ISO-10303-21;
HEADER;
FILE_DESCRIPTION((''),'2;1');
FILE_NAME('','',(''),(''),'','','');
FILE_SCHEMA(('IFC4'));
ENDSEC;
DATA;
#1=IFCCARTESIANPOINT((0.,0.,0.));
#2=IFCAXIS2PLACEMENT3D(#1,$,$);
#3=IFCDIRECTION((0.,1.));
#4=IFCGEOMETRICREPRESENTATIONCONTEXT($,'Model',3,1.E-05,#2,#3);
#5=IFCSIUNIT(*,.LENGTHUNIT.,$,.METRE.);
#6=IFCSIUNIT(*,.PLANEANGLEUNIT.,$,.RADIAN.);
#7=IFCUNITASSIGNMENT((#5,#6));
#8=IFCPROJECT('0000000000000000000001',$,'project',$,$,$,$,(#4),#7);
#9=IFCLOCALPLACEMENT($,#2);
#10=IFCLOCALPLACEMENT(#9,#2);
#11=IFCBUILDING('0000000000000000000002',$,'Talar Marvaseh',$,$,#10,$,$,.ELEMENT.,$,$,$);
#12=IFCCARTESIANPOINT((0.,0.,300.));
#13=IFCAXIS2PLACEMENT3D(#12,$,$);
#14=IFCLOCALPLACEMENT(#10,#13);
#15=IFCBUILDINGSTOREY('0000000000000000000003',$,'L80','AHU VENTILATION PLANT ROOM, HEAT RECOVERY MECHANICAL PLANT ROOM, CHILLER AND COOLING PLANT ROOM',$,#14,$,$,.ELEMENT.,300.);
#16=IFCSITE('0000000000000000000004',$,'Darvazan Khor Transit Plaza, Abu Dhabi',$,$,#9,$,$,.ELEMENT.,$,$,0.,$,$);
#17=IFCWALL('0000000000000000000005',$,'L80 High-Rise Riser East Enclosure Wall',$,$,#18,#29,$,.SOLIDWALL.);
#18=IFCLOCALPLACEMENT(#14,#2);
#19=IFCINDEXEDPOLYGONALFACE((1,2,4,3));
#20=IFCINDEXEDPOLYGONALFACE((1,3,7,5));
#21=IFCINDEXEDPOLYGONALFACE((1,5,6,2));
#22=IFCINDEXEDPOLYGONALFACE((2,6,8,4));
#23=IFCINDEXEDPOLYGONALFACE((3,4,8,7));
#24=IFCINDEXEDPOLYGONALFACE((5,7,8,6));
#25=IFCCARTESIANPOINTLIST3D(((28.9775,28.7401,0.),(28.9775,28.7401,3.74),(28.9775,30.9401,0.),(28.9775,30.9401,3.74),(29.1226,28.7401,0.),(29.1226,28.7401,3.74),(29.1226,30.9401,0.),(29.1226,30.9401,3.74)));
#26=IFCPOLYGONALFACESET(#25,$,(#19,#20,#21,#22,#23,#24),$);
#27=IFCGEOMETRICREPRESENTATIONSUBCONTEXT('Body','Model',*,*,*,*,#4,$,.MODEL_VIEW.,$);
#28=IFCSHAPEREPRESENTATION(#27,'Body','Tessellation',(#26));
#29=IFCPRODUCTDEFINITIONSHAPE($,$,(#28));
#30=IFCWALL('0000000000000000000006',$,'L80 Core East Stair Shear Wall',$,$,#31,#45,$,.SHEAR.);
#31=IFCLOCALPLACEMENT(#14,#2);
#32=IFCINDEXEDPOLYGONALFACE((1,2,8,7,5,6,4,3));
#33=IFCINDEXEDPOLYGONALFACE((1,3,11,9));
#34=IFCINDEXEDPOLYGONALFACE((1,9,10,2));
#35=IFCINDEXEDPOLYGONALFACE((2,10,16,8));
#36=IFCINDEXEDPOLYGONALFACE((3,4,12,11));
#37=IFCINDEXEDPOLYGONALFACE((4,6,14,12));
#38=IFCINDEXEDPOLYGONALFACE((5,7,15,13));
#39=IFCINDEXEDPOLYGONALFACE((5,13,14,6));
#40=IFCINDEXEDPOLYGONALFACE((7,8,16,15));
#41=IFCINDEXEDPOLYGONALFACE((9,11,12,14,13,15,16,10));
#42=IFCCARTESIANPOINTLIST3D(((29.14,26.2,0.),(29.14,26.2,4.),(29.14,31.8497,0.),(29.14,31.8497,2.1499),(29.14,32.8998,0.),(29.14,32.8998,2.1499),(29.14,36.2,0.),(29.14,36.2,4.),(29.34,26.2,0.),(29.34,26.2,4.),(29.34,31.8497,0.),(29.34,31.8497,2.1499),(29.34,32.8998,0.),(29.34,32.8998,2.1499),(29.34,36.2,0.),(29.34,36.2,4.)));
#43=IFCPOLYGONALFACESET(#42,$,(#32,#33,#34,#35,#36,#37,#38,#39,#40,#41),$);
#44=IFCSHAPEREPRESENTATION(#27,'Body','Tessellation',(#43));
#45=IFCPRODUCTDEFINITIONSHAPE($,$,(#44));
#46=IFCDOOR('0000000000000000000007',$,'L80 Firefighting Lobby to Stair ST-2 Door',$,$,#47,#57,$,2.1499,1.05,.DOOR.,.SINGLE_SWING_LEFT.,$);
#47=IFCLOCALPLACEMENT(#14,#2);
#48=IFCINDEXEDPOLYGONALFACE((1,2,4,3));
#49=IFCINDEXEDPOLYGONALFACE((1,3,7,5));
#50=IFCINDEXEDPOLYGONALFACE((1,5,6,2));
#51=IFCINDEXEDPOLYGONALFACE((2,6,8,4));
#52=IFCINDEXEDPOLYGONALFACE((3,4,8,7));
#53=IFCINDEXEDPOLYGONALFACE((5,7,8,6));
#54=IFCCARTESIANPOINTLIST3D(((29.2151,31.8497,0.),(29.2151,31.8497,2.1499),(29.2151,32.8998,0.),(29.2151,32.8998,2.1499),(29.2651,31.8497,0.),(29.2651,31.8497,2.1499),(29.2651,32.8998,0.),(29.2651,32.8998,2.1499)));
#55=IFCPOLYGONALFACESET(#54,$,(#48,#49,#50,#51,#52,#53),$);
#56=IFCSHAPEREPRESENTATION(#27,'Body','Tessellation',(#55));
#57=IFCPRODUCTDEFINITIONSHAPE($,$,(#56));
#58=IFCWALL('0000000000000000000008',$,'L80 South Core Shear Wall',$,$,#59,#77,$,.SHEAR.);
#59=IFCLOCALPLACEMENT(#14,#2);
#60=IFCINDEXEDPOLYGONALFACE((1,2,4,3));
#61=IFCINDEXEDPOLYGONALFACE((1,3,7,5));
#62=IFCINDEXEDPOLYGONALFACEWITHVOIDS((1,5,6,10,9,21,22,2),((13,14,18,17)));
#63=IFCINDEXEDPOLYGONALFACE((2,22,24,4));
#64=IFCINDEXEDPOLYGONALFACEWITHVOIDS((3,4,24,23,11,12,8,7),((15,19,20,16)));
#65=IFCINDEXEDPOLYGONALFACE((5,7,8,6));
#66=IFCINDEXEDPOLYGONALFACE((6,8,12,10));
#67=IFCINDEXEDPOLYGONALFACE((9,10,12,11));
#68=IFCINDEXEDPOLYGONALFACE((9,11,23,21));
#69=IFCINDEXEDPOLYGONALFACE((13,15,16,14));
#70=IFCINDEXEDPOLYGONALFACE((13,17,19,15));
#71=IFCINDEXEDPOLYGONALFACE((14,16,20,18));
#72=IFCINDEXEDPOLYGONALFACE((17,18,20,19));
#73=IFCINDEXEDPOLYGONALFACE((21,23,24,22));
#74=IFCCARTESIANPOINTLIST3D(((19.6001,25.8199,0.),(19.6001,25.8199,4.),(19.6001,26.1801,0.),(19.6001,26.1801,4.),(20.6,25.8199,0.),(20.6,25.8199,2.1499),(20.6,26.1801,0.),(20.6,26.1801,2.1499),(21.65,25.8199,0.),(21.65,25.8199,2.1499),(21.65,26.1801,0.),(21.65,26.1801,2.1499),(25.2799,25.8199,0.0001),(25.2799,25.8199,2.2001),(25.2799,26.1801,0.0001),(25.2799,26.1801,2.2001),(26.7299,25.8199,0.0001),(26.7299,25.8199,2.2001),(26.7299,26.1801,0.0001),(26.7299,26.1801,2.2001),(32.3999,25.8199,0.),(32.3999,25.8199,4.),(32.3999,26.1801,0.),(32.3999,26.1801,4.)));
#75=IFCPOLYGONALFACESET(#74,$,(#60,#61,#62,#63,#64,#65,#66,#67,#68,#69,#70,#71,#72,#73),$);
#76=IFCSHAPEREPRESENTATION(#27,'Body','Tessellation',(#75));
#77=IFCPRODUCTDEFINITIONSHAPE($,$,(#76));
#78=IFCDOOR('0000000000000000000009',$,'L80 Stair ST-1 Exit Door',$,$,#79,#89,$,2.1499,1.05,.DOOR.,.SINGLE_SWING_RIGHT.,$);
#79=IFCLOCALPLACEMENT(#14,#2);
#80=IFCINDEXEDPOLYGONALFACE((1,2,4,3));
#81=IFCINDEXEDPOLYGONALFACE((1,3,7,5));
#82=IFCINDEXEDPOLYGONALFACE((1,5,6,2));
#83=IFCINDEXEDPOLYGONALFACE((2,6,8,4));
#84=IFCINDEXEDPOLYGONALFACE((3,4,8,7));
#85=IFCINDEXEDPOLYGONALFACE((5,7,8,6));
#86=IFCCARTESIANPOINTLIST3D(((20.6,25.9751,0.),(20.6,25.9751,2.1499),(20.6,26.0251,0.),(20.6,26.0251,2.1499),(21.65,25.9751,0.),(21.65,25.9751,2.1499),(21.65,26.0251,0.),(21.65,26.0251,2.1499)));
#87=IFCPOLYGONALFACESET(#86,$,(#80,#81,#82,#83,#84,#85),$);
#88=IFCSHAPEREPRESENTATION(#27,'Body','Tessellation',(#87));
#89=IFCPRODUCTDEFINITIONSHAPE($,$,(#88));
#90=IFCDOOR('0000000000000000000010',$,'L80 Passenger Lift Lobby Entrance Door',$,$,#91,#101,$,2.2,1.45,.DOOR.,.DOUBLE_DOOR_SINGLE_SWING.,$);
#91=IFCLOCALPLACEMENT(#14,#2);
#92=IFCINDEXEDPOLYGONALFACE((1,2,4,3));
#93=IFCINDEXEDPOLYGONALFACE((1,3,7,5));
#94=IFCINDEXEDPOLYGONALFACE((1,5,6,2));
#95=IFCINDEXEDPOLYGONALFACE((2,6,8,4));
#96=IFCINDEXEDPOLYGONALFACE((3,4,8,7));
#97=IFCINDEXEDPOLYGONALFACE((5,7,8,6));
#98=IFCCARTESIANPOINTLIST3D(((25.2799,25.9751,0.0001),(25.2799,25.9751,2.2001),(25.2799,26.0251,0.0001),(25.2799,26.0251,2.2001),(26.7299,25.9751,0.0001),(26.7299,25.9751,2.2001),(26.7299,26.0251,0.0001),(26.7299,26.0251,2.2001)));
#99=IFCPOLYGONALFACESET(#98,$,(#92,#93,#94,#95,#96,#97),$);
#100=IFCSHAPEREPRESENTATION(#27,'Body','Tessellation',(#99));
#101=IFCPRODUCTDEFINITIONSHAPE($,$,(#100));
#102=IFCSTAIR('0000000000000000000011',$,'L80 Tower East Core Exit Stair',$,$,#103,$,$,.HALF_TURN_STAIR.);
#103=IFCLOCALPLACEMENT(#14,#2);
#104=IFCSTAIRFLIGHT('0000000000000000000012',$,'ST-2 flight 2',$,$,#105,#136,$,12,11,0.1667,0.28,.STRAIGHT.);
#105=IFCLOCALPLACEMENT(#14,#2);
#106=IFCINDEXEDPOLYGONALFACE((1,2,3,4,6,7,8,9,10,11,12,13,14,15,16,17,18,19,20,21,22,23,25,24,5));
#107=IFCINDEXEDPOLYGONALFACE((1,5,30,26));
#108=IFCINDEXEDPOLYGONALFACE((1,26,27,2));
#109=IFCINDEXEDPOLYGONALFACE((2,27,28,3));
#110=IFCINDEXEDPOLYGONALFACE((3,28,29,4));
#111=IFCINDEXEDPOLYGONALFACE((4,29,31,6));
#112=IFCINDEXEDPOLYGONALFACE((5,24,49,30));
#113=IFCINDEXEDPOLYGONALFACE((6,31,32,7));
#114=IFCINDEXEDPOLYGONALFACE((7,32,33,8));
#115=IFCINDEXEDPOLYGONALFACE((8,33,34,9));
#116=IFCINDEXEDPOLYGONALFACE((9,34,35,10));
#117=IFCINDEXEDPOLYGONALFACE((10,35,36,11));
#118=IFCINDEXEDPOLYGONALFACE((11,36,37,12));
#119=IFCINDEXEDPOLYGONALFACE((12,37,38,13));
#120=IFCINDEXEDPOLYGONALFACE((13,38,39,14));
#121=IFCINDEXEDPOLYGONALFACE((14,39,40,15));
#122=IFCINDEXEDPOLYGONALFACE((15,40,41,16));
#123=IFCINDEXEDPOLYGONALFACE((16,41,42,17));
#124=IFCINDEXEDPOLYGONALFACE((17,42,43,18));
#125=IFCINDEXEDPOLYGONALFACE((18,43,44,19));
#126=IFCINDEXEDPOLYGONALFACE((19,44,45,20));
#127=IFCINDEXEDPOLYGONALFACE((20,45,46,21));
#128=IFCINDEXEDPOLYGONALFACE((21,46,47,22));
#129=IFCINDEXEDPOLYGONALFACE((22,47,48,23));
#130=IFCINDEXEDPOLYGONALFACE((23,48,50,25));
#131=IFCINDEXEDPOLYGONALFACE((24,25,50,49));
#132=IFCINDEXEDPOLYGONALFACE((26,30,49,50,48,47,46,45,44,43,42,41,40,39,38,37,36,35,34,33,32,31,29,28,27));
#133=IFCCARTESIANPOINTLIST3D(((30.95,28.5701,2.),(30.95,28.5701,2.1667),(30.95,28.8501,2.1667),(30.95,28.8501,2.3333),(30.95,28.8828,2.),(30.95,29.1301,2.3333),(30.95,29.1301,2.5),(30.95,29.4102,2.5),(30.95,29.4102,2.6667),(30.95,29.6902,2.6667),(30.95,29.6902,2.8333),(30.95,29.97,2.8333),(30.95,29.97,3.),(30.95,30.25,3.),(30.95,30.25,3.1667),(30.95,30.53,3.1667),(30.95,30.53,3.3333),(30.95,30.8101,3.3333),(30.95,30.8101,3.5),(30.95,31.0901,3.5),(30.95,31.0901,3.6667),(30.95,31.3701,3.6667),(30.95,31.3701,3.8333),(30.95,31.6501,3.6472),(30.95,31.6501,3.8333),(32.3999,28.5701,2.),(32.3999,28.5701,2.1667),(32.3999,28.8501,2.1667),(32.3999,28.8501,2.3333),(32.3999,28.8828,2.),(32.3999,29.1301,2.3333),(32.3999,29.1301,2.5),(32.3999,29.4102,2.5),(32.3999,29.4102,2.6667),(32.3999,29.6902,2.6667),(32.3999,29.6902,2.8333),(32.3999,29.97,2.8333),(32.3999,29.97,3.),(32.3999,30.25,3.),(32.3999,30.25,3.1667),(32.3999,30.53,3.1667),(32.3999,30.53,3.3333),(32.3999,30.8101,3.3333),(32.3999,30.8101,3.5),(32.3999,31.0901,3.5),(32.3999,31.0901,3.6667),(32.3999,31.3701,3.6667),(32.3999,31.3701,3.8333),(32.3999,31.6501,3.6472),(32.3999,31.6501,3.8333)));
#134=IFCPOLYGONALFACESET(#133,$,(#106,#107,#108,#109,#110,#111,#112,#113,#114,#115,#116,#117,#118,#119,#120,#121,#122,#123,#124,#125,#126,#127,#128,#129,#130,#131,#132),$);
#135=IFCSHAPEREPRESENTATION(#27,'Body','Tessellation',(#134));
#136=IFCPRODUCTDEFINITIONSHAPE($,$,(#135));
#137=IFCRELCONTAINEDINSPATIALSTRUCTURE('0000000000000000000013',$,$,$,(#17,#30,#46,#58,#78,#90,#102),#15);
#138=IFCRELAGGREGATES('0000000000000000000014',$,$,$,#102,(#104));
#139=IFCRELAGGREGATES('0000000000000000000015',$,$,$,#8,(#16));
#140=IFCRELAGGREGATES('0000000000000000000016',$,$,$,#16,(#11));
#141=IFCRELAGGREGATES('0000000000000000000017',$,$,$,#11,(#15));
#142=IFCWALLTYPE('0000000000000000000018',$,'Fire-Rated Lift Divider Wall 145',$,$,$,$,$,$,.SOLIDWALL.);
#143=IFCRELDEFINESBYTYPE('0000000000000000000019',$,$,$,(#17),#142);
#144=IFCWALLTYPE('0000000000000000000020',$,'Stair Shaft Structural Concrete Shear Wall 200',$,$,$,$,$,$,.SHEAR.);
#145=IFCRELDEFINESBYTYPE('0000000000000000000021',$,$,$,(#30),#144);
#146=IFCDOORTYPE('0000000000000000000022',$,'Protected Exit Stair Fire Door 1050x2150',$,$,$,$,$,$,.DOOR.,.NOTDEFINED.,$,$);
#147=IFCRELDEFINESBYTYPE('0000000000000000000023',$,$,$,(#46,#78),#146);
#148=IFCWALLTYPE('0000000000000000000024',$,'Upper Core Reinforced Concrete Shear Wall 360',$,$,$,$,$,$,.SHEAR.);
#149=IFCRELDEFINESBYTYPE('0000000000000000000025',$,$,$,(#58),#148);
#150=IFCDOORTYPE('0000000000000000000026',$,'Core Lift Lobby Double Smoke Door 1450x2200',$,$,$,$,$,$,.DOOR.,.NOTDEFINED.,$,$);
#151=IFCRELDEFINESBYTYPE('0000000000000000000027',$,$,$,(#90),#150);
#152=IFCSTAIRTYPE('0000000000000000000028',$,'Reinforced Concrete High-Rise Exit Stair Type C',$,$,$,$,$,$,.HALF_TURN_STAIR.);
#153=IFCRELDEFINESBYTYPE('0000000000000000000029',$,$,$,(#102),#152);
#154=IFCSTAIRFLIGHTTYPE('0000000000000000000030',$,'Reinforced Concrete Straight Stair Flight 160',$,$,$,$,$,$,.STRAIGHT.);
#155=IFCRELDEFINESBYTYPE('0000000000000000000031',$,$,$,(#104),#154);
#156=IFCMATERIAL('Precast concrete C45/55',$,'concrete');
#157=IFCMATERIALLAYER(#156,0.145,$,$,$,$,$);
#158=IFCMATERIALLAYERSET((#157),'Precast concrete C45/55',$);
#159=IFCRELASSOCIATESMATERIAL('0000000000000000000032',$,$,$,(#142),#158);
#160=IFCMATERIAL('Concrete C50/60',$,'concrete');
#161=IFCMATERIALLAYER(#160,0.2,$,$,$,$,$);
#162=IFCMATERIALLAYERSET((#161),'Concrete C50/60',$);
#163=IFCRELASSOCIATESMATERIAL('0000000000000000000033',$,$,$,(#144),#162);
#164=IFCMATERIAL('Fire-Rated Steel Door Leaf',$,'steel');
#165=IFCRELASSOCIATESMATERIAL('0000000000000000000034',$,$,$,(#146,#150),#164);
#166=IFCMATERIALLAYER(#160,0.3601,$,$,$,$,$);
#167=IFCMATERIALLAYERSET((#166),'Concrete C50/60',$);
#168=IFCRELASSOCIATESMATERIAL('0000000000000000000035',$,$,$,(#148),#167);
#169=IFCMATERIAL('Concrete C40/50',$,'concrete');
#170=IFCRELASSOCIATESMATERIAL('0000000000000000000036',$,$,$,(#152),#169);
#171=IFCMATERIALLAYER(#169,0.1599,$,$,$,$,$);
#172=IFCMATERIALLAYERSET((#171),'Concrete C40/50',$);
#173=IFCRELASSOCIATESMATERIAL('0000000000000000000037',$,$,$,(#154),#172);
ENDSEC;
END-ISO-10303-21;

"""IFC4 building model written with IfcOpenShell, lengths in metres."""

from ifc_helpers import new_model, si_unit, direction, frame, frame_2d, origin, place, context, subcontext, project, spatial, polyline, rectangle, outline, extrude, source, transform, mapped, material, layer, layer_set, type_object, type_shapes, element, fill, aggregate, save


model = new_model("IFC4")

# Units and contexts
model_context = context("Model", 3, precision=1e-05, world=origin(), true_north=direction((0.0, 1.0)))
body_context = subcontext(model_context, "Body", "Model", "MODEL_VIEW")
ifc_project = project(units=[si_unit("LENGTHUNIT", "METRE"), si_unit("PLANEANGLEUNIT", "RADIAN")], contexts=[model_context])

# Site, building, storey
site_placement = place(None, origin())
site = spatial("IfcSite", under=ifc_project, at=site_placement, Name="Darvazan Khor Transit Plaza, Abu Dhabi", CompositionType="ELEMENT", RefElevation=0.0)
building_placement = place(site_placement, origin())
building = spatial("IfcBuilding", under=site, at=building_placement, Name="Talar Marvaseh", CompositionType="ELEMENT")
storey_placement = place(building_placement, frame((0.0, 0.0, 300.0)))
storey = spatial("IfcBuildingStorey", under=building, at=storey_placement, Name="L80", Description="AHU VENTILATION PLANT ROOM, HEAT RECOVERY MECHANICAL PLANT ROOM, CHILLER AND COOLING PLANT ROOM", CompositionType="ELEMENT", Elevation=300.0)

# Shared definitions
ifc_material_1 = material(Name="Concrete C50/60", Category="concrete")

# Wall
ifc_material_2 = material(Name="Precast concrete C45/55", Category="concrete")
ifc_layer_1 = layer(ifc_material_2, 0.145)
ifc_layer_set_1 = layer_set([ifc_layer_1], Name="Precast concrete C45/55")
wall_type_1 = type_object("IfcWallType", Name="Fire-Rated Lift Divider Wall 145", PredefinedType="SOLIDWALL", material=ifc_layer_set_1)
wall_1_placement = place(storey_placement, frame((29.05, 28.74, 0.0), z_axis=(0.0, 0.0, 1.0), x_axis=(0.0, 1.0, 0.0)))
element("IfcWall", 1, at=wall_1_placement, inside=storey, type_object=wall_type_1, Name="L80 High-Rise Riser East Enclosure Wall", PredefinedType="SOLIDWALL", context=body_context, shape_type="SweptSolid", body=[
    extrude(rectangle(XDim=2.2, YDim=0.145, at=frame_2d((1.1001, 0.0))), origin(), (0.0, 0.0, 1.0), 3.74),
])

# Wall, opening, door
ifc_layer_2 = layer(ifc_material_1, 0.2)
ifc_layer_set_2 = layer_set([ifc_layer_2], Name="Concrete C50/60")
wall_type_2 = type_object("IfcWallType", Name="Stair Shaft Structural Concrete Shear Wall 200", PredefinedType="SHEAR", material=ifc_layer_set_2)
wall_2_placement = place(storey_placement, frame((29.24, 26.2, 0.0), z_axis=(0.0, 0.0, 1.0), x_axis=(0.0, 1.0, 0.0)))
wall_2 = element("IfcWall", 2, at=wall_2_placement, inside=storey, type_object=wall_type_2, Name="L80 Core East Stair Shear Wall", PredefinedType="SHEAR", context=body_context, shape_type="SweptSolid", body=[
    extrude(rectangle(XDim=10.0, YDim=0.2, at=frame_2d((5.0, 0.0))), origin(), (0.0, 0.0, 1.0), 4.0),
])
opening_1_placement = place(wall_2_placement, frame((5.6499, 0.0, 0.0)))
opening_1 = element("IfcOpeningElement", 3, at=opening_1_placement, cuts=wall_2, PredefinedType="OPENING", context=body_context, shape_type="SweptSolid", body=[
    extrude(rectangle(XDim=1.05, YDim=2.1499, at=frame_2d((0.5249, 1.075))), frame((0.0, 0.1099, 0.0), z_axis=(0.0, -1.0, 0.0), x_axis=(1.0, 0.0, 0.0)), (0.0, 0.0, 1.0), 0.22),
])
ifc_material_3 = material(Name="Fire-Rated Steel Door Leaf", Category="steel")
door_type_1 = type_object("IfcDoorType", Name="Protected Exit Stair Fire Door 1050x2150", OperationType="NOTDEFINED", PredefinedType="DOOR", material=ifc_material_3)
shared_shape_1 = source(origin(), body_context, "Body", "SweptSolid", [
    extrude(rectangle(XDim=1.05, YDim=2.1499, at=frame_2d((0.5249, 1.075))), frame((0.0, 0.0249, 0.0), z_axis=(0.0, -1.0, 0.0), x_axis=(1.0, 0.0, 0.0)), (0.0, 0.0, 1.0), 0.05),
])
type_shapes(door_type_1, [shared_shape_1])
door_1_placement = place(opening_1_placement, origin())
door_1 = element("IfcDoor", 4, at=door_1_placement, inside=storey, type_object=door_type_1, Name="L80 Firefighting Lobby to Stair ST-2 Door", OperationType="SINGLE_SWING_LEFT", OverallHeight=2.1499, OverallWidth=1.05, PredefinedType="DOOR", context=body_context, shape_type="MappedRepresentation", body=[
    mapped(shared_shape_1, transform((0.0, 0.0, 0.0), x_axis=(1.0, 0.0, 0.0), y_axis=(0.0, 1.0, 0.0), z_axis=(0.0, 0.0, 1.0), scale=1.0)),
])
fill(opening_1, door_1)

# Wall, openings, doors
ifc_layer_3 = layer(ifc_material_1, 0.3601)
ifc_layer_set_3 = layer_set([ifc_layer_3], Name="Concrete C50/60")
wall_type_3 = type_object("IfcWallType", Name="Upper Core Reinforced Concrete Shear Wall 360", PredefinedType="SHEAR", material=ifc_layer_set_3)
wall_3_placement = place(storey_placement, frame((32.3999, 26.0, 0.0), z_axis=(0.0, 0.0, 1.0), x_axis=(-1.0, 0.0, 0.0)))
wall_3 = element("IfcWall", 5, at=wall_3_placement, inside=storey, type_object=wall_type_3, Name="L80 South Core Shear Wall", PredefinedType="SHEAR", context=body_context, shape_type="SweptSolid", body=[
    extrude(rectangle(XDim=12.7998, YDim=0.3601, at=frame_2d((6.3999, 0.0))), origin(), (0.0, 0.0, 1.0), 4.0),
])
opening_2_placement = place(wall_3_placement, frame((10.75, 0.0, 0.0)))
opening_2 = element("IfcOpeningElement", 6, at=opening_2_placement, cuts=wall_3, PredefinedType="OPENING", context=body_context, shape_type="SweptSolid", body=[
    extrude(rectangle(XDim=1.05, YDim=2.1499, at=frame_2d((0.5249, 1.075))), frame((0.0, 0.1899, 0.0), z_axis=(0.0, -1.0, 0.0), x_axis=(1.0, 0.0, 0.0)), (0.0, 0.0, 1.0), 0.3801),
])
opening_3_placement = place(wall_3_placement, frame((5.6699, 0.0, 0.0)))
opening_3 = element("IfcOpeningElement", 7, at=opening_3_placement, cuts=wall_3, PredefinedType="OPENING", context=body_context, shape_type="SweptSolid", body=[
    extrude(rectangle(XDim=1.45, YDim=2.2, at=frame_2d((0.7251, 1.1001))), frame((0.0, 0.1899, 0.0), z_axis=(0.0, -1.0, 0.0), x_axis=(1.0, 0.0, 0.0)), (0.0, 0.0, 1.0), 0.3801),
])
door_2_placement = place(opening_2_placement, origin())
door_2 = element("IfcDoor", 8, at=door_2_placement, inside=storey, type_object=door_type_1, Name="L80 Stair ST-1 Exit Door", OperationType="SINGLE_SWING_RIGHT", OverallHeight=2.1499, OverallWidth=1.05, PredefinedType="DOOR", context=body_context, shape_type="MappedRepresentation", body=[
    mapped(shared_shape_1, transform((0.0, 0.0, 0.0), x_axis=(1.0, 0.0, 0.0), y_axis=(0.0, 1.0, 0.0), z_axis=(0.0, 0.0, 1.0), scale=1.0)),
])
fill(opening_2, door_2)
door_type_2 = type_object("IfcDoorType", Name="Core Lift Lobby Double Smoke Door 1450x2200", OperationType="NOTDEFINED", PredefinedType="DOOR", material=ifc_material_3)
shared_shape_2 = source(origin(), body_context, "Body", "SweptSolid", [
    extrude(rectangle(XDim=1.45, YDim=2.2, at=frame_2d((0.7251, 1.1001))), frame((0.0, 0.0249, 0.0), z_axis=(0.0, -1.0, 0.0), x_axis=(1.0, 0.0, 0.0)), (0.0, 0.0, 1.0), 0.05),
])
type_shapes(door_type_2, [shared_shape_2])
door_3_placement = place(opening_3_placement, origin())
door_3 = element("IfcDoor", 9, at=door_3_placement, inside=storey, type_object=door_type_2, Name="L80 Passenger Lift Lobby Entrance Door", OperationType="DOUBLE_DOOR_SINGLE_SWING", OverallHeight=2.2, OverallWidth=1.45, PredefinedType="DOOR", context=body_context, shape_type="MappedRepresentation", body=[
    mapped(shared_shape_2, transform((0.0, 0.0, 0.0), x_axis=(1.0, 0.0, 0.0), y_axis=(0.0, 1.0, 0.0), z_axis=(0.0, 0.0, 1.0), scale=1.0)),
])
fill(opening_3, door_3)

# Stair, stair flight
ifc_material_4 = material(Name="Concrete C40/50", Category="concrete")
stair_type = type_object("IfcStairType", Name="Reinforced Concrete High-Rise Exit Stair Type C", PredefinedType="HALF_TURN_STAIR", material=ifc_material_4)
stair_placement = place(storey_placement, origin())
stair = element("IfcStair", 10, at=stair_placement, inside=storey, type_object=stair_type, Name="L80 Tower East Core Exit Stair", PredefinedType="HALF_TURN_STAIR")
ifc_layer_4 = layer(ifc_material_4, 0.1599)
ifc_layer_set_4 = layer_set([ifc_layer_4], Name="Concrete C40/50")
stair_flight_type = type_object("IfcStairFlightType", Name="Reinforced Concrete Straight Stair Flight 160", PredefinedType="STRAIGHT", material=ifc_layer_set_4)
stair_flight_placement = place(storey_placement, frame((31.675, 28.5701, 2.0), z_axis=(0.0, 0.0, 1.0), x_axis=(0.0, 1.0, 0.0)))
stair_flight = element("IfcStairFlight", 11, at=stair_flight_placement, type_object=stair_flight_type, Name="ST-2 flight 2", NumberOfRisers=12, NumberOfTreads=11, PredefinedType="STRAIGHT", RiserHeight=0.1667, TreadLength=0.28, context=body_context, shape_type="SweptSolid", body=[
    extrude(outline(polyline([(0.0, 0.0), (0.0, 0.1667), (0.28, 0.1667), (0.28, 0.3333), (0.5601, 0.3333), (0.5601, 0.5), (0.8401, 0.5), (0.8401, 0.6667), (1.1201, 0.6667), (1.1201, 0.8333), (1.3999, 0.8333), (1.3999, 1.0), (1.6799, 1.0), (1.6799, 1.1667), (1.96, 1.1667), (1.96, 1.3333), (2.24, 1.3333), (2.24, 1.5), (2.52, 1.5), (2.52, 1.6667), (2.8, 1.6667), (2.8, 1.8333), (3.0801, 1.8333), (3.0801, 2.0), (3.0801, 1.6472), (0.3127, 0.0), (0.0, 0.0)])), frame((0.0, 0.7251, 0.0), z_axis=(0.0, -1.0, 0.0), x_axis=(1.0, 0.0, 0.0)), (0.0, 0.0, 1.0), 1.45),
])
aggregate(stair, [stair_flight])

save(model, "model.ifc")
